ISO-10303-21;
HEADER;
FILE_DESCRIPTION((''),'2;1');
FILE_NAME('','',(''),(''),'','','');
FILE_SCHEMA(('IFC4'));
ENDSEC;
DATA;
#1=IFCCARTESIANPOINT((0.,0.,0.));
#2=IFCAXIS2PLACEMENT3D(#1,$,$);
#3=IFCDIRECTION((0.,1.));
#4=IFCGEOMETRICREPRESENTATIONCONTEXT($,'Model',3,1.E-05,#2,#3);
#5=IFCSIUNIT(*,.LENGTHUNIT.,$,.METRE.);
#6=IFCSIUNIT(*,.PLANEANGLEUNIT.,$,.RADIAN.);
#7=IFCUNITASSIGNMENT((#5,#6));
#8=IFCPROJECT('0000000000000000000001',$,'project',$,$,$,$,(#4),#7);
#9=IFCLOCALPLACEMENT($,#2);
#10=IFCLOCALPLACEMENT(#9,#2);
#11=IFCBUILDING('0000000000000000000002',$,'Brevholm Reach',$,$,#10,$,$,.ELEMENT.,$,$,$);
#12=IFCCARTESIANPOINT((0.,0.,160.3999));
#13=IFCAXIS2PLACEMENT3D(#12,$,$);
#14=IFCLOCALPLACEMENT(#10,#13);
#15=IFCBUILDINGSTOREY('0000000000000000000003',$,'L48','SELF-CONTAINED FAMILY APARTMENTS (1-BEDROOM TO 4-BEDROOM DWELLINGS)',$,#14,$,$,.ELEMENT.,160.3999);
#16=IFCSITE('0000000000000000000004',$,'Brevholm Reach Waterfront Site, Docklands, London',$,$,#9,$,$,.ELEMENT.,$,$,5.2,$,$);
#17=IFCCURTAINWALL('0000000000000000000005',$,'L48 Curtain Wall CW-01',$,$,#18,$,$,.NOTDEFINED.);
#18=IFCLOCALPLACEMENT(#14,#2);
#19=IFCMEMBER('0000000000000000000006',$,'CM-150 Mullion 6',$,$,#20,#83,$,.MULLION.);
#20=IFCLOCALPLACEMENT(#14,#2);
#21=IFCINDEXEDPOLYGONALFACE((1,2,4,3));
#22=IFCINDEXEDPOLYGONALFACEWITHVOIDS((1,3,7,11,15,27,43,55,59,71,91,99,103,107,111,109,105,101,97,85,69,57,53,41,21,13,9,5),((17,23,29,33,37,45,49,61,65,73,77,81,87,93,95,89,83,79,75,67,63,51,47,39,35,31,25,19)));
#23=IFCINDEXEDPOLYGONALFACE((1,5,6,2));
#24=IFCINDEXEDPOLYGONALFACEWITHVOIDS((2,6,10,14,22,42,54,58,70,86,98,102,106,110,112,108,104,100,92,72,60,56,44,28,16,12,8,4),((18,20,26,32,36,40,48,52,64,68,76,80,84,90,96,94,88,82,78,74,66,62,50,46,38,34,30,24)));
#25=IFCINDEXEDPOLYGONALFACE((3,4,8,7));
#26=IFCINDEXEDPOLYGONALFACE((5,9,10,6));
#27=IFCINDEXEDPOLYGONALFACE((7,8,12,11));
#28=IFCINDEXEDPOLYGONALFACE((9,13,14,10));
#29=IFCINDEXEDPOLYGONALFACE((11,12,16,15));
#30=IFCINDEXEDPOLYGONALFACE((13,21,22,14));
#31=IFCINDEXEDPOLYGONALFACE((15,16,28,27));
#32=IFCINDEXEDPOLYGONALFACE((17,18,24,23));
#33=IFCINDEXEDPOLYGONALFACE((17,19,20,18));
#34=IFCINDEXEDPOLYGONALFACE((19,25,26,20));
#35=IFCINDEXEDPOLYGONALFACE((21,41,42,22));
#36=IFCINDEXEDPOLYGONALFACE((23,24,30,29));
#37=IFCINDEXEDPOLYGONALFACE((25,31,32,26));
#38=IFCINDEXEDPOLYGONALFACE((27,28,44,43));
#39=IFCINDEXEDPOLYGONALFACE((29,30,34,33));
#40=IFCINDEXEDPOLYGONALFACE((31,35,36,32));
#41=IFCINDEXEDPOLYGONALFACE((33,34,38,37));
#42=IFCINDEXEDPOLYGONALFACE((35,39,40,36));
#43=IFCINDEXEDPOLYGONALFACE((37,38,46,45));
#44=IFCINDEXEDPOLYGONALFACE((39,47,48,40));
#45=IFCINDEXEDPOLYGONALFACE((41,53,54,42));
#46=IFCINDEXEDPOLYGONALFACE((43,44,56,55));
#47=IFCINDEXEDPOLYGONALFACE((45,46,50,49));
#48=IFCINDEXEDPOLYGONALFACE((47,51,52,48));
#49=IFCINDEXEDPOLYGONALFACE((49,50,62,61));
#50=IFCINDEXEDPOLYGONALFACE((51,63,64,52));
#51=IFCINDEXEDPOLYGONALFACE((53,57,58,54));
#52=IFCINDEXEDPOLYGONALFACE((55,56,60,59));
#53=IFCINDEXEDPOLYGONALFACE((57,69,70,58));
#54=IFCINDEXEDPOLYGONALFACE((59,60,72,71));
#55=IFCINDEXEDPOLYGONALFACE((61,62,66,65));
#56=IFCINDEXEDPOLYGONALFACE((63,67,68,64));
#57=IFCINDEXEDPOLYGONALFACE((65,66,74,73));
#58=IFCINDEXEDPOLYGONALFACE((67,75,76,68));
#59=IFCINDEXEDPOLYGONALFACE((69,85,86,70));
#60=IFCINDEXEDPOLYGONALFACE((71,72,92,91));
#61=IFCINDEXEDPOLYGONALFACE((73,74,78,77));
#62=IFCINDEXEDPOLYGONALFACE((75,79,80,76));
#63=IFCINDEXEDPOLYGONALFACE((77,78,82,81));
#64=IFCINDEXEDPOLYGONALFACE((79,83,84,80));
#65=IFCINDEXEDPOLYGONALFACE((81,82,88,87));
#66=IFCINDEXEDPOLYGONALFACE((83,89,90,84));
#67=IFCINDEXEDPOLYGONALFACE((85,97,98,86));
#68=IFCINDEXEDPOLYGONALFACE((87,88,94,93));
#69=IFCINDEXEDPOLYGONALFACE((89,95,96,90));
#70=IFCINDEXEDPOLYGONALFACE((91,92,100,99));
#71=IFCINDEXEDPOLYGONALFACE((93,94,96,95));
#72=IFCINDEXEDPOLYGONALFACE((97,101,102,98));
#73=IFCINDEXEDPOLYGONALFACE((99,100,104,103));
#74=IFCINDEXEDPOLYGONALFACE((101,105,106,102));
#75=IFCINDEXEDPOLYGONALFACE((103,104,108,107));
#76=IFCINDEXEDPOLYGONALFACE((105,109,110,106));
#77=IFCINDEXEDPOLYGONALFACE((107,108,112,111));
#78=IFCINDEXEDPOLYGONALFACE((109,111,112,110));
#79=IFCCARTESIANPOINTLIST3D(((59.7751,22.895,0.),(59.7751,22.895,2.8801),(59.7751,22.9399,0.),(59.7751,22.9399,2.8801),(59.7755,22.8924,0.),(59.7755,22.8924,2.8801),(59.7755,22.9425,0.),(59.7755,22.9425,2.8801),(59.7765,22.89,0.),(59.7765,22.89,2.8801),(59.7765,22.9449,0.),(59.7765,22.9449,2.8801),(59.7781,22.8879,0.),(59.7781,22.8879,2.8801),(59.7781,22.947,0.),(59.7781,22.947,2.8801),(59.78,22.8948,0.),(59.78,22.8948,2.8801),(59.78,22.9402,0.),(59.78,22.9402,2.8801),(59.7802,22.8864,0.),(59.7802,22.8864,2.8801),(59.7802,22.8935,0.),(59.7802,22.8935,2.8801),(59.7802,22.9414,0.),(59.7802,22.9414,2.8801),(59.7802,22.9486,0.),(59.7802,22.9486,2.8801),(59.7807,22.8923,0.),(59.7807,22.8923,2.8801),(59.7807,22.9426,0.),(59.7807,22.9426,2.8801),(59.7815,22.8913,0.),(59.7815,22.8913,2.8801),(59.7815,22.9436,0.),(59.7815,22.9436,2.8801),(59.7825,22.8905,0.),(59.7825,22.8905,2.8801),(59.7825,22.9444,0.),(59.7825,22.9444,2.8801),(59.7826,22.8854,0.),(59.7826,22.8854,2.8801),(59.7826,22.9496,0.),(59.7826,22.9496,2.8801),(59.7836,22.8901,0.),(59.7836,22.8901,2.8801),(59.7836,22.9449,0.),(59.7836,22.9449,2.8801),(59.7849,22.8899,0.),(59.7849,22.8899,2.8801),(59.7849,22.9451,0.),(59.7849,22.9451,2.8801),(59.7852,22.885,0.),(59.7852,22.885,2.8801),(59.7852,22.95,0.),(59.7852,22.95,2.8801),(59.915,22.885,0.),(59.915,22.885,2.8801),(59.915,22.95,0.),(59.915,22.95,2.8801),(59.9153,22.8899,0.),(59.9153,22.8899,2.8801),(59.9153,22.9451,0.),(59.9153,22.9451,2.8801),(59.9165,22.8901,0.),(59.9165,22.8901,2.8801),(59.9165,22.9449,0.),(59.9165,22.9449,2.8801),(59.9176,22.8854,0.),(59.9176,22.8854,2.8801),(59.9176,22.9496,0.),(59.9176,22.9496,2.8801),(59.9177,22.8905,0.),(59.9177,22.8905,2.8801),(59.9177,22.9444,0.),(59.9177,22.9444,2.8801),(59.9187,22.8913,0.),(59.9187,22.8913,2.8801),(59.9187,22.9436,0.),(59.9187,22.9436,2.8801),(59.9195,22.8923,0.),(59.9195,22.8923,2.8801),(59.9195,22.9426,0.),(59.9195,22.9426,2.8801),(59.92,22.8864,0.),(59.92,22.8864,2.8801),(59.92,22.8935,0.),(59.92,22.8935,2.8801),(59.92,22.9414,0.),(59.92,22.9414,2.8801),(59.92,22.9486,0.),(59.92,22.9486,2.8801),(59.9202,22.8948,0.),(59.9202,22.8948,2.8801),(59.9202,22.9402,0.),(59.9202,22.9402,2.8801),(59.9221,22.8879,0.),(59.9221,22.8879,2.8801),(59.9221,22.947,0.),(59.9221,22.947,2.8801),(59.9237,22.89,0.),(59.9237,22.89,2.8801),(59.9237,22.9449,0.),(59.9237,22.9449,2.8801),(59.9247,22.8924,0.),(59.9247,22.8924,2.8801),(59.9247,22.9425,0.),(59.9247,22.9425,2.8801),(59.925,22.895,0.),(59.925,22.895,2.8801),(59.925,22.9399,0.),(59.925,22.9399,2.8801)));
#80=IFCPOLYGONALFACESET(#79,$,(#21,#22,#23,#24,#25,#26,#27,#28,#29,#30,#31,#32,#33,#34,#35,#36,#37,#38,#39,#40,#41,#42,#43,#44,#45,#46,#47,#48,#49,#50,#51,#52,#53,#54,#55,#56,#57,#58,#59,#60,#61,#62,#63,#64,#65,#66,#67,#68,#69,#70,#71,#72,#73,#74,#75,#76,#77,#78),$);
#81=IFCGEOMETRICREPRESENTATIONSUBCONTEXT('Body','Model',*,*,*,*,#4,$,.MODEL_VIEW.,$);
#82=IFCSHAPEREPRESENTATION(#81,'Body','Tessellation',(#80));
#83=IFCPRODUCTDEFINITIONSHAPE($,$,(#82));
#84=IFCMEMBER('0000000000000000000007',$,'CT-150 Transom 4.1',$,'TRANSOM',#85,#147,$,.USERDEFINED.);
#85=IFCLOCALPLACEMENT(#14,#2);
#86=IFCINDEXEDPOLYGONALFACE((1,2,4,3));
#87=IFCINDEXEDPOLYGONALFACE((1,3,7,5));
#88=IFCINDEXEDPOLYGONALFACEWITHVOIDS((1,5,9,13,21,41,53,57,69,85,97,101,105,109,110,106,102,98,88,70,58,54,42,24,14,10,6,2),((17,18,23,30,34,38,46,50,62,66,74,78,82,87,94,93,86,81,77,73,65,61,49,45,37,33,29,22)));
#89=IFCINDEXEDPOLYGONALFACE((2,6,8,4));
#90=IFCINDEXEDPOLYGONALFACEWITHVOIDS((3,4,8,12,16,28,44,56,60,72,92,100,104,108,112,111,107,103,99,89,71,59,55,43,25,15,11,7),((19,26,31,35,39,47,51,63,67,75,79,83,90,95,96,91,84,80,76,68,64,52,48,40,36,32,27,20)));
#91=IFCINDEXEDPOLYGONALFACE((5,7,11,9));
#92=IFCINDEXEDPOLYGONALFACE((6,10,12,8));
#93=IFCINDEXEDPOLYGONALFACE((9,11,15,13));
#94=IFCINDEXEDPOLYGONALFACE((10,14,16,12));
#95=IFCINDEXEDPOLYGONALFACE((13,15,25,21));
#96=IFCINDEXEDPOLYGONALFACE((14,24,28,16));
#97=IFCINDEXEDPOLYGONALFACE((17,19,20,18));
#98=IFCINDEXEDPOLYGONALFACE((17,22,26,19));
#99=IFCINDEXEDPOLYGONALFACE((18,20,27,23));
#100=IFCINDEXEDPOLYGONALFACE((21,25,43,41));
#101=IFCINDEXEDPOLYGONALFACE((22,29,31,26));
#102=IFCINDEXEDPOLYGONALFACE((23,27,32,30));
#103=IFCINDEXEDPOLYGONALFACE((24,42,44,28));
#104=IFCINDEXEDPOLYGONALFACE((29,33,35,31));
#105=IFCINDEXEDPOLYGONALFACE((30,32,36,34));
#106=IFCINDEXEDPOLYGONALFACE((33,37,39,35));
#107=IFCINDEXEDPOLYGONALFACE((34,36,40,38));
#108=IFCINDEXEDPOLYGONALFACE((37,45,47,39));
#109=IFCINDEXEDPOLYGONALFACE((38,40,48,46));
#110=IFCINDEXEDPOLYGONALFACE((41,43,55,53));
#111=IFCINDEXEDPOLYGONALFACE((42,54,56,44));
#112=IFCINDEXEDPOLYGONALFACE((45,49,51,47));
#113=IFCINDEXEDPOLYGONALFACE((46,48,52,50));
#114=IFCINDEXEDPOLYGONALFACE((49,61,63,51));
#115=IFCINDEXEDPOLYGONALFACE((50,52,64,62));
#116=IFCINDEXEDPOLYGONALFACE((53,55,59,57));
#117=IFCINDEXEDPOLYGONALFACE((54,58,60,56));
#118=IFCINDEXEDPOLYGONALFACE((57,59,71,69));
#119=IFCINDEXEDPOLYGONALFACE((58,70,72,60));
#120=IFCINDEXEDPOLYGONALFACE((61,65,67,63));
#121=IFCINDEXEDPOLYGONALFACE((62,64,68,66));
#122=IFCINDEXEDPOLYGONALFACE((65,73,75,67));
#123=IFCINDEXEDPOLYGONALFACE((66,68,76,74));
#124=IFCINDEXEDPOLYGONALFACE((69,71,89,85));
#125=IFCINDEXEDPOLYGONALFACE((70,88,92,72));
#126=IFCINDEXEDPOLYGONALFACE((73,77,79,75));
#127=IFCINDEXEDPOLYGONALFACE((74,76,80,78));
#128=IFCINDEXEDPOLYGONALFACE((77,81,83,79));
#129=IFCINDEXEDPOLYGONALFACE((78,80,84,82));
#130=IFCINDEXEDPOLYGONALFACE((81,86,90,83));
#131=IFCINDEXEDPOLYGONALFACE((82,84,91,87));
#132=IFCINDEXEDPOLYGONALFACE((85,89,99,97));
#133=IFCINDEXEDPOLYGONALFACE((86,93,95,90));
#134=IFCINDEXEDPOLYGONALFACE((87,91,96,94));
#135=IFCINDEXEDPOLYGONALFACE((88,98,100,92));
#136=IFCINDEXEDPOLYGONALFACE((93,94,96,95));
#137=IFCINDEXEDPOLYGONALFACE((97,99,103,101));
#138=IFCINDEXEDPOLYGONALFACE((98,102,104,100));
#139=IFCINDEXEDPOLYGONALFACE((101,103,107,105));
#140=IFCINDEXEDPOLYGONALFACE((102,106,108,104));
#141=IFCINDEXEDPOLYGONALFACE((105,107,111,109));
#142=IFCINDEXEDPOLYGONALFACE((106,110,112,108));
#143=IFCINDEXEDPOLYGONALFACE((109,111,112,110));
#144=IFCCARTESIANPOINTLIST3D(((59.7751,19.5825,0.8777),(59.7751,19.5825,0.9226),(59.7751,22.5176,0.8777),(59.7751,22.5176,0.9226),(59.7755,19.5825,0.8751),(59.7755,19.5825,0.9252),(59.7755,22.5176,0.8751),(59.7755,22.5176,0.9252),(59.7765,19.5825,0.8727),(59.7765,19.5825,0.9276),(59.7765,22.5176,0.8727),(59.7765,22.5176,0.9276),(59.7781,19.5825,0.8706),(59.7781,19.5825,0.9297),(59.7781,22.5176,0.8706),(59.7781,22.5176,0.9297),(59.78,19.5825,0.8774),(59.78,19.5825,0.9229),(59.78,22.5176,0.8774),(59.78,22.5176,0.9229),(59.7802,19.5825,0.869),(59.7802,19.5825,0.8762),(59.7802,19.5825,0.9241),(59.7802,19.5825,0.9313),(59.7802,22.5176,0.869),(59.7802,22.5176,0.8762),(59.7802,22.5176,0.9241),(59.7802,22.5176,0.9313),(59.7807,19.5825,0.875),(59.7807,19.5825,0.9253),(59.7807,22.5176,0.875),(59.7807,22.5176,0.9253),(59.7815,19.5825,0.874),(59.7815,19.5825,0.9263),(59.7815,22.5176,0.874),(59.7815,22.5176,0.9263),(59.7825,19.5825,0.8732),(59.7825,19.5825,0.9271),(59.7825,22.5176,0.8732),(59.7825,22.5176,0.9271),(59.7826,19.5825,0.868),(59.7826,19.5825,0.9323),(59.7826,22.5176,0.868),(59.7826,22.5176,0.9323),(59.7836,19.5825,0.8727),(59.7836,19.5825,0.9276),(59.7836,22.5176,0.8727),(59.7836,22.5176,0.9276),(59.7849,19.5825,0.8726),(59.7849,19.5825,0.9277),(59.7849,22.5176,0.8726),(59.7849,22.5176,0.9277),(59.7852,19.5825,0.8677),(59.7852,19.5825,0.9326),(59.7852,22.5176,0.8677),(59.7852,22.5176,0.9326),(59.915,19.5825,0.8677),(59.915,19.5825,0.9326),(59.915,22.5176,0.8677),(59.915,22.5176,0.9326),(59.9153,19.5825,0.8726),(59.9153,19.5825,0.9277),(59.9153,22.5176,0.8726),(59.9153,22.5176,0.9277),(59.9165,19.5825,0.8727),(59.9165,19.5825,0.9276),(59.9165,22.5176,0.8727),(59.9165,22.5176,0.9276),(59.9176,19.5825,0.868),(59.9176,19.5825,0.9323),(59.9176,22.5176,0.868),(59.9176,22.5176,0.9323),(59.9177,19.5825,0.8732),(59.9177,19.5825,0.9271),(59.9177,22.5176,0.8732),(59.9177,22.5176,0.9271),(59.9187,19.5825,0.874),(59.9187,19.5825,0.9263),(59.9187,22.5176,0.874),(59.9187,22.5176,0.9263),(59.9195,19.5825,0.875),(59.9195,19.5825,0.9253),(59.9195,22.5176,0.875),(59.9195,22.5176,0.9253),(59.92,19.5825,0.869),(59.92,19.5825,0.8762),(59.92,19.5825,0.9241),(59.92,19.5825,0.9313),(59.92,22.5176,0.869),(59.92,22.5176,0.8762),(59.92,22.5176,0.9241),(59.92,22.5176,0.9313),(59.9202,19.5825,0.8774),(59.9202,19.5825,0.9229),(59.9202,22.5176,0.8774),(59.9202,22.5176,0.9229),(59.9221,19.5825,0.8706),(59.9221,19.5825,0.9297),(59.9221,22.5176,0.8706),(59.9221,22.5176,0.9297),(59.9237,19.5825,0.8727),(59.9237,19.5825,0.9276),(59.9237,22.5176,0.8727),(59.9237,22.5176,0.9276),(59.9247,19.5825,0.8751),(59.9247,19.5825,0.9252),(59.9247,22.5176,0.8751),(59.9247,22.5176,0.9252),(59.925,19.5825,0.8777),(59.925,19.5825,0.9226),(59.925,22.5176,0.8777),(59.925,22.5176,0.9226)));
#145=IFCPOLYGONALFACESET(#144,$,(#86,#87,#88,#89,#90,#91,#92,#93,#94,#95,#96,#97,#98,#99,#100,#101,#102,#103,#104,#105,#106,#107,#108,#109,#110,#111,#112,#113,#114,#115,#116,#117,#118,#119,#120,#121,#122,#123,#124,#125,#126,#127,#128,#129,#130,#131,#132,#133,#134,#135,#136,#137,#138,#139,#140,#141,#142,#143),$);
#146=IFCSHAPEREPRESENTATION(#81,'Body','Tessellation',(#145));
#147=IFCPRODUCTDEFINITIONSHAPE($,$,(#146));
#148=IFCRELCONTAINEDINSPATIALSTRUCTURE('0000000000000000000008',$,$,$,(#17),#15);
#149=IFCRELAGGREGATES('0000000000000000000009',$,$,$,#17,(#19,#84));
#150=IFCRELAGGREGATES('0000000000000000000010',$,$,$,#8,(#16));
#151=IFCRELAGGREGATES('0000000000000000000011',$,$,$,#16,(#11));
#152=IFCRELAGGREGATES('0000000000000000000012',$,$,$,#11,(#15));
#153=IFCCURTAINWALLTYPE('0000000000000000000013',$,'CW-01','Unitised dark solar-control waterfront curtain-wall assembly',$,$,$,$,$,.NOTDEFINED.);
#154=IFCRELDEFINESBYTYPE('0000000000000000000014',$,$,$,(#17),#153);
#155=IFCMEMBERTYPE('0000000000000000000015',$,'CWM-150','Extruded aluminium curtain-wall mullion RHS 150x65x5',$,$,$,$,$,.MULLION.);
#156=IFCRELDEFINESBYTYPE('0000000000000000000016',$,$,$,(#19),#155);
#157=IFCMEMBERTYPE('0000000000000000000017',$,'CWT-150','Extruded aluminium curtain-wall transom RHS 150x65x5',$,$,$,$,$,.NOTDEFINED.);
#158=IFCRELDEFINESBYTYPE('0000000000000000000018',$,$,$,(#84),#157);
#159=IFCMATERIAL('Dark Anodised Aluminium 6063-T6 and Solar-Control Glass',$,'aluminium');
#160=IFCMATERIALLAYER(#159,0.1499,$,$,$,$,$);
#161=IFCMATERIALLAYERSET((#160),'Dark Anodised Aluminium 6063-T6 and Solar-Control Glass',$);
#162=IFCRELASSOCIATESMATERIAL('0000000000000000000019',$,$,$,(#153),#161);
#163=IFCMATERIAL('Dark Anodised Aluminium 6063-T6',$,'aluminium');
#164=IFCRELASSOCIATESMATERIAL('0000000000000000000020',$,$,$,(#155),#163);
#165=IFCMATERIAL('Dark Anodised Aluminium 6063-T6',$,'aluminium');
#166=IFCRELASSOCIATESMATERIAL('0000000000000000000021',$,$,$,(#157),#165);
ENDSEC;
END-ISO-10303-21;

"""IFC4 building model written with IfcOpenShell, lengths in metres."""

from ifc_helpers import new_model, si_unit, direction, frame, origin, origin_2d, place, context, subcontext, project, spatial, hollow_rectangle, extrude, material, layer, layer_set, material_profile, profile_set, type_object, element, aggregate, save


model = new_model("IFC4")

# Units and contexts
model_context = context("Model", 3, precision=1e-05, world=origin(), true_north=direction((0.0, 1.0)))
body_context = subcontext(model_context, "Body", "Model", "MODEL_VIEW")
ifc_project = project(units=[si_unit("LENGTHUNIT", "METRE"), si_unit("PLANEANGLEUNIT", "RADIAN")], contexts=[model_context])

# Site, building, storey
site_placement = place(None, origin())
site = spatial("IfcSite", under=ifc_project, at=site_placement, Name="Brevholm Reach Waterfront Site, Docklands, London", CompositionType="ELEMENT", RefElevation=5.2)
building_placement = place(site_placement, origin())
building = spatial("IfcBuilding", under=site, at=building_placement, Name="Brevholm Reach", CompositionType="ELEMENT")
storey_placement = place(building_placement, frame((0.0, 0.0, 160.3999)))
storey = spatial("IfcBuildingStorey", under=building, at=storey_placement, Name="L48", Description="SELF-CONTAINED FAMILY APARTMENTS (1-BEDROOM TO 4-BEDROOM DWELLINGS)", CompositionType="ELEMENT", Elevation=160.3999)

# Curtain wall, members
ifc_material_1 = material(Name="Dark Anodised Aluminium 6063-T6 and Solar-Control Glass", Category="aluminium")
ifc_layer_1 = layer(ifc_material_1, 0.1499)
ifc_layer_set_1 = layer_set([ifc_layer_1], Name="Dark Anodised Aluminium 6063-T6 and Solar-Control Glass")
curtain_wall_type = type_object("IfcCurtainWallType", Name="CW-01", Description="Unitised dark solar-control waterfront curtain-wall assembly", PredefinedType="NOTDEFINED", material=ifc_layer_set_1)
curtain_wall_placement = place(storey_placement, origin())
curtain_wall = element("IfcCurtainWall", 1, at=curtain_wall_placement, inside=storey, type_object=curtain_wall_type, Name="L48 Curtain Wall CW-01", PredefinedType="NOTDEFINED")
ifc_material_2 = material(Name="Dark Anodised Aluminium 6063-T6", Category="aluminium")
ifc_material_profile_1 = material_profile(ifc_material_2, hollow_rectangle(XDim=0.0649, YDim=0.1499, WallThickness=0.0049, InnerFilletRadius=0.0049, OuterFilletRadius=0.01, at=origin_2d()), Name="RHS 150x65x5")
ifc_profile_set_1 = profile_set([ifc_material_profile_1], Name="Dark Anodised Aluminium 6063-T6")
member_type_1 = type_object("IfcMemberType", Name="CWM-150", Description="Extruded aluminium curtain-wall mullion RHS 150x65x5", PredefinedType="MULLION", material=ifc_profile_set_1)
member_1_placement = place(storey_placement, frame((59.8501, 22.9175, 0.0), z_axis=(0.0, 0.0, 1.0), x_axis=(0.0, 1.0, 0.0)))
member_1 = element("IfcMember", 2, at=member_1_placement, type_object=member_type_1, Name="CM-150 Mullion 6", PredefinedType="MULLION", context=body_context, shape_type="SweptSolid", body=[
    extrude(hollow_rectangle(XDim=0.0649, YDim=0.1499, WallThickness=0.0049, InnerFilletRadius=0.0049, OuterFilletRadius=0.01, at=origin_2d()), origin(), (0.0, 0.0, 1.0), 2.8801),
])
ifc_material_3 = material(Name="Dark Anodised Aluminium 6063-T6", Category="aluminium")
ifc_material_profile_2 = material_profile(ifc_material_3, hollow_rectangle(XDim=0.0649, YDim=0.1499, WallThickness=0.0049, InnerFilletRadius=0.0049, OuterFilletRadius=0.01, at=origin_2d()), Name="RHS 150x65x5")
ifc_profile_set_2 = profile_set([ifc_material_profile_2], Name="Dark Anodised Aluminium 6063-T6")
member_type_2 = type_object("IfcMemberType", Name="CWT-150", Description="Extruded aluminium curtain-wall transom RHS 150x65x5", PredefinedType="NOTDEFINED", material=ifc_profile_set_2)
member_2_placement = place(storey_placement, frame((59.8501, 19.5825, 0.9001), z_axis=(0.0, 1.0, 0.0), x_axis=(0.0, 0.0, 1.0)))
member_2 = element("IfcMember", 3, at=member_2_placement, type_object=member_type_2, Name="CT-150 Transom 4.1", ObjectType="TRANSOM", PredefinedType="USERDEFINED", context=body_context, shape_type="SweptSolid", body=[
    extrude(hollow_rectangle(XDim=0.0649, YDim=0.1499, WallThickness=0.0049, InnerFilletRadius=0.0049, OuterFilletRadius=0.01, at=origin_2d()), origin(), (0.0, 0.0, 1.0), 2.9351),
])
aggregate(curtain_wall, [member_1, member_2])

save(model, "model.ifc")
